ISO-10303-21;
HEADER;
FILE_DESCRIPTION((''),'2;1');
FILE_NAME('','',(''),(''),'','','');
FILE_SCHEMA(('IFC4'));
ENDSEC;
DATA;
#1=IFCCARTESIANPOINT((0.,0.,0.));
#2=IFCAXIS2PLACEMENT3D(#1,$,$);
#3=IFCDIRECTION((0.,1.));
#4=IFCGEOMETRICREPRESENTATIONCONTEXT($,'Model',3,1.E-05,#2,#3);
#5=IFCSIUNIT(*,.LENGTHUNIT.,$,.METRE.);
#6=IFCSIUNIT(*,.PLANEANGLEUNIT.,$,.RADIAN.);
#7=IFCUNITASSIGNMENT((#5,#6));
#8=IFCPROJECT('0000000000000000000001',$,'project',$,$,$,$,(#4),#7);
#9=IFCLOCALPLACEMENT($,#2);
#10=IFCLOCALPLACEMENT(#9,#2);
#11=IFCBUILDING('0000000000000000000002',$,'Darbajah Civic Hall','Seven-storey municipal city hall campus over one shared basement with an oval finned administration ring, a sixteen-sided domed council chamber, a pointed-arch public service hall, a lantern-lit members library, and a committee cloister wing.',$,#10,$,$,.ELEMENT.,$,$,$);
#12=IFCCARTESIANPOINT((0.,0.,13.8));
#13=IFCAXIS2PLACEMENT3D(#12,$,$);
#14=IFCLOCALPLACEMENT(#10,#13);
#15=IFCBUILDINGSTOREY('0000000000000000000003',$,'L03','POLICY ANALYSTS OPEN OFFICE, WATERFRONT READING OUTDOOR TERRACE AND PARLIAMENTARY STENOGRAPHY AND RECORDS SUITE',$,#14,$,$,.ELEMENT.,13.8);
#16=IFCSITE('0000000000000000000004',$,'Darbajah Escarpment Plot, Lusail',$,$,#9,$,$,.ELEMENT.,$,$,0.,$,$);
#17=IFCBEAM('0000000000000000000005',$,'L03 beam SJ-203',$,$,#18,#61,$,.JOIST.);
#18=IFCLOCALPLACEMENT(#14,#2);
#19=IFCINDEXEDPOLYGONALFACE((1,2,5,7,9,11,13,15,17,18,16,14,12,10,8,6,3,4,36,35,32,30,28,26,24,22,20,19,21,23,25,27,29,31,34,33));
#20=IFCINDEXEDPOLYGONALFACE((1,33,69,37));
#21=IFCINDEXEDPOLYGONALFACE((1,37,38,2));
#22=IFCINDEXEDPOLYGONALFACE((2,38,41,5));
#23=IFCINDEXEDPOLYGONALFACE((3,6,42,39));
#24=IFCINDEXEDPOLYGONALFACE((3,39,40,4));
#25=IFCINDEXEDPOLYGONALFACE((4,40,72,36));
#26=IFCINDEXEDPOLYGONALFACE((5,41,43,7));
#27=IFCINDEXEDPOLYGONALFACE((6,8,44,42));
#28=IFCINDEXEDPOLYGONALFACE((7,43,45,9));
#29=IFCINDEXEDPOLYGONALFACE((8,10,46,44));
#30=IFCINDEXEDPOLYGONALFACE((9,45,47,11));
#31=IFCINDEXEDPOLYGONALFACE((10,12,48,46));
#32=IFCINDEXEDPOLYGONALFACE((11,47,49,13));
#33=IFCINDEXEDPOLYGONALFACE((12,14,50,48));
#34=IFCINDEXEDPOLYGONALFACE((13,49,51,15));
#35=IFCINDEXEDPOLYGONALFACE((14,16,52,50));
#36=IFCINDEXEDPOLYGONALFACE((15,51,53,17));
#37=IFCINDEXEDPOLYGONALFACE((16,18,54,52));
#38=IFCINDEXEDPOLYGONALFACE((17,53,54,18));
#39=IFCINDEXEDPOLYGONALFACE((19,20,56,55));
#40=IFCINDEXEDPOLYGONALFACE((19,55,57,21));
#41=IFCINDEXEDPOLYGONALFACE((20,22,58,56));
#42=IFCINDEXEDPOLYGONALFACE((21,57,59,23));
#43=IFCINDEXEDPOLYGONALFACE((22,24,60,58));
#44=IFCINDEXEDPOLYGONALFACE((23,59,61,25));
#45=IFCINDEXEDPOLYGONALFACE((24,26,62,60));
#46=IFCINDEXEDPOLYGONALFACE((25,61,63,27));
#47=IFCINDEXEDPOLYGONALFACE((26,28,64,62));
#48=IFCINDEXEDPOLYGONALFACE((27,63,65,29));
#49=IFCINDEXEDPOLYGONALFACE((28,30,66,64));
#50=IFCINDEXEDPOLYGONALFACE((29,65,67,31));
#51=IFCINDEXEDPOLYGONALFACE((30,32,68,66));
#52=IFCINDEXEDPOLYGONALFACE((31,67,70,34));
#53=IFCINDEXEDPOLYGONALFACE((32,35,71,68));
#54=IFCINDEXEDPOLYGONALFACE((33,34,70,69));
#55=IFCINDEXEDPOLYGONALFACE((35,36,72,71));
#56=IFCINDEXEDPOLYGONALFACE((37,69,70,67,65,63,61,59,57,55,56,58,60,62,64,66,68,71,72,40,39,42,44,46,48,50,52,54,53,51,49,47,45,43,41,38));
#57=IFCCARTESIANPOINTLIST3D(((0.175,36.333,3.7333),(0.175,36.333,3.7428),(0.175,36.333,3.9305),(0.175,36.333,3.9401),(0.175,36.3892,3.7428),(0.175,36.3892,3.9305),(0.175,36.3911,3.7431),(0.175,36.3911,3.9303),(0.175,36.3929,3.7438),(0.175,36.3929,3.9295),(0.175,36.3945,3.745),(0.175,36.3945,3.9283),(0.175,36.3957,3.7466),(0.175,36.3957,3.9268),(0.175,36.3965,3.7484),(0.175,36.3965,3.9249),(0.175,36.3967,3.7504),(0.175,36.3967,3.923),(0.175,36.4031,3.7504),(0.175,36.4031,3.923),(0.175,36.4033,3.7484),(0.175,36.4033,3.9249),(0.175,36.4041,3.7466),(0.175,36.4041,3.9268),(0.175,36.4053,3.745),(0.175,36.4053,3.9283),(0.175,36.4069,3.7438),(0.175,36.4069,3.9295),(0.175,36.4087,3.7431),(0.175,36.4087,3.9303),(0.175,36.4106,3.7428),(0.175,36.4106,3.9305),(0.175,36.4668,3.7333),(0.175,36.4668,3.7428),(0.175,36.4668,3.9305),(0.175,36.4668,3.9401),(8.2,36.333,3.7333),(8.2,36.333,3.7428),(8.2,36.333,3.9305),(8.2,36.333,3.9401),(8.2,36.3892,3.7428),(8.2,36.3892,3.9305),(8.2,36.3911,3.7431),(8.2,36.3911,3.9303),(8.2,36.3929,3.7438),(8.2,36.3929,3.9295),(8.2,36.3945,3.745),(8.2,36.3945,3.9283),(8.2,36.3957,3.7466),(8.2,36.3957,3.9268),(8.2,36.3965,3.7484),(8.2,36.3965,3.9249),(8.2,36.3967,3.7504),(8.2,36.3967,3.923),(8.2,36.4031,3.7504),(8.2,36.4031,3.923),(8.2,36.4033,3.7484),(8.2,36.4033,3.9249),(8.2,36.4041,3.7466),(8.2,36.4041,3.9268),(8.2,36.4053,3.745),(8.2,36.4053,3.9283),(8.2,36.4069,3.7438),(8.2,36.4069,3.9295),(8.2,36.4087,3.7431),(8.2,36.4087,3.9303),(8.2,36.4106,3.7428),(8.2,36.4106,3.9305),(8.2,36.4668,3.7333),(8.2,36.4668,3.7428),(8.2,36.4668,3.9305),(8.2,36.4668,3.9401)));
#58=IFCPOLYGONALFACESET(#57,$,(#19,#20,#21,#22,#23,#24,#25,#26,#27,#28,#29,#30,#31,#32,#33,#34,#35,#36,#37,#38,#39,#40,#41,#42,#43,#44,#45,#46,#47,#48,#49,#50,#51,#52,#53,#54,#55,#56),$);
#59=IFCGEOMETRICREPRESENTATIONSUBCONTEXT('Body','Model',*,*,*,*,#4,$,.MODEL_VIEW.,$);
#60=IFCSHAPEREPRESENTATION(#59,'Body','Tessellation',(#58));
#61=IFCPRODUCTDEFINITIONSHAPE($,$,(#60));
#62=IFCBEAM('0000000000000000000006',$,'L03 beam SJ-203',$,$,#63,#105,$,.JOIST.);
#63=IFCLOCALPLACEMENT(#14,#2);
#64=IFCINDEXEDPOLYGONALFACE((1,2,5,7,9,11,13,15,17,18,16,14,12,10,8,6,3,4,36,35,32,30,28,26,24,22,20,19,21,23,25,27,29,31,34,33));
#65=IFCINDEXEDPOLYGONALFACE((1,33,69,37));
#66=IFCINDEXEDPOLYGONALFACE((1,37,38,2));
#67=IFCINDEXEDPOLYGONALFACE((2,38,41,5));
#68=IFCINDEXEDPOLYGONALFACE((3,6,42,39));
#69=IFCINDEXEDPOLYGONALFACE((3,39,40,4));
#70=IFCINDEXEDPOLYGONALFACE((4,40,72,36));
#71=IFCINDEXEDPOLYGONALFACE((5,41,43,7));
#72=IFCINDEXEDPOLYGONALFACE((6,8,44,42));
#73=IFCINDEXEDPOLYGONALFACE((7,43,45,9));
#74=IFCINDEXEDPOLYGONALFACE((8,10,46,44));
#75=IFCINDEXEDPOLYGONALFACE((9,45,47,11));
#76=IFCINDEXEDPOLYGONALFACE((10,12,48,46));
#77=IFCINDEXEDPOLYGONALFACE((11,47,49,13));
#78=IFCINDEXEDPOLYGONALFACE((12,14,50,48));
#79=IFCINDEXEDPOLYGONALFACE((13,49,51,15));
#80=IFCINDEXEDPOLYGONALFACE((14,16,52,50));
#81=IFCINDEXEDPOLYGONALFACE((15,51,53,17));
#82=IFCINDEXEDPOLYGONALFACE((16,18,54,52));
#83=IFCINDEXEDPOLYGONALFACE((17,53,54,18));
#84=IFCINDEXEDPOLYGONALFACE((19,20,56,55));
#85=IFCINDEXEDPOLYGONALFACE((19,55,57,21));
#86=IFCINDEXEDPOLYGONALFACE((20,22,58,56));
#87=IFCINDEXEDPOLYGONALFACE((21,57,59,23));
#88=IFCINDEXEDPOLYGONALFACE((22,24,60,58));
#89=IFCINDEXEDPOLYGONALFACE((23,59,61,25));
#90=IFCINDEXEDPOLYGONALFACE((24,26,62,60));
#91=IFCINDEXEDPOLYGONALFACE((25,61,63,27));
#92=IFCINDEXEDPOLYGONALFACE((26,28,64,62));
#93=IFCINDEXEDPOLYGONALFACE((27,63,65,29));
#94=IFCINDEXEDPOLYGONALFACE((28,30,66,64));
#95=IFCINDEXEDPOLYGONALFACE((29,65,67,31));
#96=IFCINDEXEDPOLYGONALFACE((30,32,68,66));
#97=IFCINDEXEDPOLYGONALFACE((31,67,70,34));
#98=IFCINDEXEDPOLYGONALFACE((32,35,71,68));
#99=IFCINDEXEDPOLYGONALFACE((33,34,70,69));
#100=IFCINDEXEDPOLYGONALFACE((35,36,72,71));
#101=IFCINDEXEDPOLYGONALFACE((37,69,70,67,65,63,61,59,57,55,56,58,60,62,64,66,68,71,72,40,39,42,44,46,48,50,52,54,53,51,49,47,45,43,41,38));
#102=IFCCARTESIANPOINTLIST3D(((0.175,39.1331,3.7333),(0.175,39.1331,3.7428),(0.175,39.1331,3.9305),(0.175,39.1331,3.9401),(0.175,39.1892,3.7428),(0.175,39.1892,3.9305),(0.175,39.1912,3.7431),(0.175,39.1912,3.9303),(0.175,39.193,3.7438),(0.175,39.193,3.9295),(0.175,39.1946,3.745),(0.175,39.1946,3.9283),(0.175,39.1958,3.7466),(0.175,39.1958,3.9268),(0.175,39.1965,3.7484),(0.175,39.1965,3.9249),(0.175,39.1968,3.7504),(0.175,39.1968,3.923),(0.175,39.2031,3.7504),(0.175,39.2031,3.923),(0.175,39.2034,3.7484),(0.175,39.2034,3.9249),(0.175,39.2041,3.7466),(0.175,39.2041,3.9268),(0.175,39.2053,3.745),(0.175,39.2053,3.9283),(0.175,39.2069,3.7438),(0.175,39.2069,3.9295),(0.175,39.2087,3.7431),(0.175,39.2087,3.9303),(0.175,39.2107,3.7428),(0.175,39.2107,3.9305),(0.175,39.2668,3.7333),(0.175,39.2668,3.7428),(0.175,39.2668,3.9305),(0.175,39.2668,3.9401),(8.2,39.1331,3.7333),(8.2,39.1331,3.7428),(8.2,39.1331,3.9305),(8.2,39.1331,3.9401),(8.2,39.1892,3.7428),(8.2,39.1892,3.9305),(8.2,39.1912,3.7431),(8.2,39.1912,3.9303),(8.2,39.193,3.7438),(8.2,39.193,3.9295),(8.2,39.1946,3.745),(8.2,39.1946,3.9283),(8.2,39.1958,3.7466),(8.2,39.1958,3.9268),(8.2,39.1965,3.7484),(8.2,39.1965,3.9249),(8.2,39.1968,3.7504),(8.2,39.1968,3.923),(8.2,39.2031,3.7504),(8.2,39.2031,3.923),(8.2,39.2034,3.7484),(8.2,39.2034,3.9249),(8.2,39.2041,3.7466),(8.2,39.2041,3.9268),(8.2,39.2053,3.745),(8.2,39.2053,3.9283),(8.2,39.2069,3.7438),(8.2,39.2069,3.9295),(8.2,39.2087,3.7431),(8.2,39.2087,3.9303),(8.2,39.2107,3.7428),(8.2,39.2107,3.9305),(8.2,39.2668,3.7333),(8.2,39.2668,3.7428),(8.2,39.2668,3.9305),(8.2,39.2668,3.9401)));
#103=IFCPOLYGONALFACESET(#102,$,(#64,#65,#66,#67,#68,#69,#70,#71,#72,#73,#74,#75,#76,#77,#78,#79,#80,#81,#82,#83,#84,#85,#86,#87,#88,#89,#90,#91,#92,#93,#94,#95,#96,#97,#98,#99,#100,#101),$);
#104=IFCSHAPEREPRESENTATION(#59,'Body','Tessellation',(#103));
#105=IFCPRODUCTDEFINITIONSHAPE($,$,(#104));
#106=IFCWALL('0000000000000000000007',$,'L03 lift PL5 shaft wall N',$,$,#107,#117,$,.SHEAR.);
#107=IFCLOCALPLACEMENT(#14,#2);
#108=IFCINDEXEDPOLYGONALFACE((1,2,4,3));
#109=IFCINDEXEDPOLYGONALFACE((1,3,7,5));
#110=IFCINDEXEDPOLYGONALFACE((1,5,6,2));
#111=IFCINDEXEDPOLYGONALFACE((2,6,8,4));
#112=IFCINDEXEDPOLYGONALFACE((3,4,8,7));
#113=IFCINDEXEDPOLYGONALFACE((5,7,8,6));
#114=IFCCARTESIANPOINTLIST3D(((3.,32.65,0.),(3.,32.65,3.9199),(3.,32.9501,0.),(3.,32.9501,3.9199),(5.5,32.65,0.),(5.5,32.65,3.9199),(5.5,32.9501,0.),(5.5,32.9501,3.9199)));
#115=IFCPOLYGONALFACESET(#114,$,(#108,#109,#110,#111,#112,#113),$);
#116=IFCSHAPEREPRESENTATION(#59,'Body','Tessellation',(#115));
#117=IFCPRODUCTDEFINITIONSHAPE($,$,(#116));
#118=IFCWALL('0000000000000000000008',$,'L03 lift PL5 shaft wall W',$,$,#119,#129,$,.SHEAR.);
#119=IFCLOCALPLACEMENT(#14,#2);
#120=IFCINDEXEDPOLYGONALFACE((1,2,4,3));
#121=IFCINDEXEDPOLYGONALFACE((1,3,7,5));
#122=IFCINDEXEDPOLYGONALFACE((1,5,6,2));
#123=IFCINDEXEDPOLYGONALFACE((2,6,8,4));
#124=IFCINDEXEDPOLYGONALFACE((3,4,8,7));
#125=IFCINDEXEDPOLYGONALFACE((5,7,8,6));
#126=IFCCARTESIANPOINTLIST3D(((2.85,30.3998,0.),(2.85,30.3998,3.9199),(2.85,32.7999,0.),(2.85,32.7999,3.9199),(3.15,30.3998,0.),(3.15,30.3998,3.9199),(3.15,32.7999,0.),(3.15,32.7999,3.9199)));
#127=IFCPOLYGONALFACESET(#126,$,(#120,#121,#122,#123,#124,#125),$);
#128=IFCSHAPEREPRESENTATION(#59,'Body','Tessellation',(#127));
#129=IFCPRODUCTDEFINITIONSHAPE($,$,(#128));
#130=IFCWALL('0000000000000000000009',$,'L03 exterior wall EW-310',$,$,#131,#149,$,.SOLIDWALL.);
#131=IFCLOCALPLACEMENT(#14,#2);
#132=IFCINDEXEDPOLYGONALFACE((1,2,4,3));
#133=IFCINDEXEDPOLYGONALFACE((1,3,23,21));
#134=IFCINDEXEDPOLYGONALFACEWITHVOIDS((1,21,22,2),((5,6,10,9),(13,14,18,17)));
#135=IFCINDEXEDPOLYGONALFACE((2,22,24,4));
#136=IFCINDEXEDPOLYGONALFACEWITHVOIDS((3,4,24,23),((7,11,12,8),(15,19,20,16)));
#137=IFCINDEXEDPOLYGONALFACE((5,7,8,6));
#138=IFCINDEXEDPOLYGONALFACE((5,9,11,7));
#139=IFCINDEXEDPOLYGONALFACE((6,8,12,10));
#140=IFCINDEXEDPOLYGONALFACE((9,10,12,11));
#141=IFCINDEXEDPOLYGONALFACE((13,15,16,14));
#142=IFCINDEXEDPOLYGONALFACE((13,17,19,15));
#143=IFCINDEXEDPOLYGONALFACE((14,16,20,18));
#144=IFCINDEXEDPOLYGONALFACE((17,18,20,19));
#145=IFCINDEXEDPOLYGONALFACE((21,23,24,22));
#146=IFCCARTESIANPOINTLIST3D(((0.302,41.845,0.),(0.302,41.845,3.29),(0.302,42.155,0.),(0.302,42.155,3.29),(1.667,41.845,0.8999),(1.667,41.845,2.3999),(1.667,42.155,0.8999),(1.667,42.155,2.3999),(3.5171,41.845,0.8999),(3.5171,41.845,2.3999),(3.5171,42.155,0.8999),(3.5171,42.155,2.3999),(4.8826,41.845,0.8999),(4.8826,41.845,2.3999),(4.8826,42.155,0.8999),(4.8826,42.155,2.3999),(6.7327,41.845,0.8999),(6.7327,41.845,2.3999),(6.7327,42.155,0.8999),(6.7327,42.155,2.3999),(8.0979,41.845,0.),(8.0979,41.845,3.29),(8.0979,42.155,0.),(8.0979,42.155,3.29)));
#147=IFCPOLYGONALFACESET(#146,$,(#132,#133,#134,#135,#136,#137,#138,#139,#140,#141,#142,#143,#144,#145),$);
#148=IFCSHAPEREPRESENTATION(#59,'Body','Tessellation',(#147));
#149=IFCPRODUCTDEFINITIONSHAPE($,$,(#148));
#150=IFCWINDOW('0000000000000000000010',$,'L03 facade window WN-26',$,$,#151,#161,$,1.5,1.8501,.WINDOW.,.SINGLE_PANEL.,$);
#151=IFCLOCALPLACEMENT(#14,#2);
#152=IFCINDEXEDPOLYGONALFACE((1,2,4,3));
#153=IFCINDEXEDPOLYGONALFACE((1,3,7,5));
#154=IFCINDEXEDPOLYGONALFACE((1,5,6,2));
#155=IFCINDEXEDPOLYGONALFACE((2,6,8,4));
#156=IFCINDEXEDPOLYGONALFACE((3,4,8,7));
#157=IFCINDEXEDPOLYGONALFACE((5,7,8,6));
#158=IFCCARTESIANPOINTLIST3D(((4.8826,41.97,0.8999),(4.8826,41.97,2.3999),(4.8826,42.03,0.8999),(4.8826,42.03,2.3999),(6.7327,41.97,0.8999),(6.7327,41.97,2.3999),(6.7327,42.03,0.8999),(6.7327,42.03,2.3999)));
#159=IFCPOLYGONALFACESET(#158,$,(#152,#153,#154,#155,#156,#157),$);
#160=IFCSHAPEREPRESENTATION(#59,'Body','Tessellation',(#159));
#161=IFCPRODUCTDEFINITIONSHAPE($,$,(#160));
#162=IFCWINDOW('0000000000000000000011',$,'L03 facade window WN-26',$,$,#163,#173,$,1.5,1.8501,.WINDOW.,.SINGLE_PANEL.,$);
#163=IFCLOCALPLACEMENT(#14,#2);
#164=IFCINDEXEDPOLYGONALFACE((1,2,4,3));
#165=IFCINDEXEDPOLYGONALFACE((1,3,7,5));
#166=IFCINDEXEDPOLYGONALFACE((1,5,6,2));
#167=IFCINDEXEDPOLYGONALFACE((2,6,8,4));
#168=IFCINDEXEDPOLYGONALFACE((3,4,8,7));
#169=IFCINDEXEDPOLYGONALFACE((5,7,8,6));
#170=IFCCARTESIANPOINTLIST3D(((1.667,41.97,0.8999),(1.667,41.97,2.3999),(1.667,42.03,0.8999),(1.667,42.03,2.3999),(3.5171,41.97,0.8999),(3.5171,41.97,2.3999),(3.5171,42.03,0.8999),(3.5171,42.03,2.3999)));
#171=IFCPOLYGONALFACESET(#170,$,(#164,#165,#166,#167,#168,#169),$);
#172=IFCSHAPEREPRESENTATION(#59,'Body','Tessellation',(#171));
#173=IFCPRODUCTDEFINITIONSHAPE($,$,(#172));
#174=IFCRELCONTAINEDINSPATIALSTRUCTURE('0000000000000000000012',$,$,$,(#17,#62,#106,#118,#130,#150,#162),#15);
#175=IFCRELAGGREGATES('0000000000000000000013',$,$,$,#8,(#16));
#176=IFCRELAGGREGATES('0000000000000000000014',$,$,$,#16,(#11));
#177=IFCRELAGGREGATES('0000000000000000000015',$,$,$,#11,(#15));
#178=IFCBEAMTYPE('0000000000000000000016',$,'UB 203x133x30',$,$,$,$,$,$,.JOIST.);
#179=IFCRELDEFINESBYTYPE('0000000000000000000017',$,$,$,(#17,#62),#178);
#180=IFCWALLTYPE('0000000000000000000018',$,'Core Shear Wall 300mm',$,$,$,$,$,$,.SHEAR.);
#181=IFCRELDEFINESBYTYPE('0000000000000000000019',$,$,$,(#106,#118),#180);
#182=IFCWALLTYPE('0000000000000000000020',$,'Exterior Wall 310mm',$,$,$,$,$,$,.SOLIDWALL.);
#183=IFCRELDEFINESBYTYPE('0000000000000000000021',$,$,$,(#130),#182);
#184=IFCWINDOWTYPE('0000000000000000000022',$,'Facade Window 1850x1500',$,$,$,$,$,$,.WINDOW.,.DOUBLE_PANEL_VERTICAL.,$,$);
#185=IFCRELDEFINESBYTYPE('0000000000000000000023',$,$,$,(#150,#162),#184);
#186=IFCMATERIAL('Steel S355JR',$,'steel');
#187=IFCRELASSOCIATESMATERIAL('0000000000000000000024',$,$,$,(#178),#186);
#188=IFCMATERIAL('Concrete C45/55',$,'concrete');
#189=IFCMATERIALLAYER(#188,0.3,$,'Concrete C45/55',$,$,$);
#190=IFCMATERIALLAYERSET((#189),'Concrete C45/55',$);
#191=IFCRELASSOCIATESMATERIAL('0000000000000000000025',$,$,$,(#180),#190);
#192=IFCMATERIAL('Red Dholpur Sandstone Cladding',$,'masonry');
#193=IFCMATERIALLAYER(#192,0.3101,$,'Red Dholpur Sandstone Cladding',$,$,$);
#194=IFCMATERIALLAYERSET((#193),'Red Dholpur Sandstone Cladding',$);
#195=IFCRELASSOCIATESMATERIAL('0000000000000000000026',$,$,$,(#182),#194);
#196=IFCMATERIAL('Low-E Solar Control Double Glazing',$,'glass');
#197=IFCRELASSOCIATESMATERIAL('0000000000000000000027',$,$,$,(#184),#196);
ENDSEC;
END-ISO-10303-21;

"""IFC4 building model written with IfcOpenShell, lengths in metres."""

from ifc_helpers import new_model, si_unit, direction, frame, frame_2d, origin, origin_2d, place, context, subcontext, project, spatial, rectangle, i_section, extrude, material, layer, layer_set, material_profile, profile_set, type_object, element, fill, save


model = new_model("IFC4")

# Units and contexts
model_context = context("Model", 3, precision=1e-05, world=origin(), true_north=direction((0.0, 1.0)))
body_context = subcontext(model_context, "Body", "Model", "MODEL_VIEW")
ifc_project = project(units=[si_unit("LENGTHUNIT", "METRE"), si_unit("PLANEANGLEUNIT", "RADIAN")], contexts=[model_context])

# Site, building, storey
site_placement = place(None, origin())
site = spatial("IfcSite", under=ifc_project, at=site_placement, Name="Darbajah Escarpment Plot, Lusail", CompositionType="ELEMENT", RefElevation=0.0)
building_placement = place(site_placement, origin())
building = spatial("IfcBuilding", under=site, at=building_placement, Name="Darbajah Civic Hall", Description="Seven-storey municipal city hall campus over one shared basement with an oval finned administration ring, a sixteen-sided domed council chamber, a pointed-arch public service hall, a lantern-lit members library, and a committee cloister wing.", CompositionType="ELEMENT")
storey_placement = place(building_placement, frame((0.0, 0.0, 13.8)))
storey = spatial("IfcBuildingStorey", under=building, at=storey_placement, Name="L03", Description="POLICY ANALYSTS OPEN OFFICE, WATERFRONT READING OUTDOOR TERRACE AND PARLIAMENTARY STENOGRAPHY AND RECORDS SUITE", CompositionType="ELEMENT", Elevation=13.8)

# Shared definitions
ifc_material_1 = material(Name="Concrete C45/55", Category="concrete")

# Beams
ifc_material_2 = material(Name="Steel S355JR", Category="steel")
ifc_material_profile_1 = material_profile(ifc_material_2, i_section(OverallWidth=0.1338, OverallDepth=0.2068, WebThickness=0.0063, FlangeThickness=0.0095, FilletRadius=0.0076, at=origin_2d()), Name="UB 203x133x30")
ifc_profile_set_1 = profile_set([ifc_material_profile_1], Name="Steel S355JR")
beam_type_1 = type_object("IfcBeamType", Name="UB 203x133x30", PredefinedType="JOIST", material=ifc_profile_set_1)
for number, where, z_axis, x_axis, name in (
    (1, (0.175, 36.3999, 3.8367), (1.0, 0.0, 0.0), (0.0, 1.0, 0.0), "L03 beam SJ-203"),
    (2, (0.175, 39.2, 3.8367), (1.0, 0.0, 0.0), (0.0, 1.0, 0.0), "L03 beam SJ-203"),
):
    element("IfcBeam", number, at=place(storey_placement, frame(where, z_axis=z_axis, x_axis=x_axis)), inside=storey, type_object=beam_type_1, Name=name, PredefinedType="JOIST", context=body_context, shape_type="SweptSolid", body=[
        extrude(i_section(OverallWidth=0.1338, OverallDepth=0.2068, WebThickness=0.0063, FlangeThickness=0.0095, FilletRadius=0.0076, at=origin_2d()), origin(), (0.0, 0.0, 1.0), 8.0249),
    ])

# Walls
ifc_layer_1 = layer(ifc_material_1, 0.3, Name="Concrete C45/55")
ifc_layer_set_1 = layer_set([ifc_layer_1], Name="Concrete C45/55")
wall_type_1 = type_object("IfcWallType", Name="Core Shear Wall 300mm", PredefinedType="SHEAR", material=ifc_layer_set_1)
wall_1_placement = place(storey_placement, frame((5.5, 32.8, 0.0), z_axis=(0.0, 0.0, 1.0), x_axis=(-1.0, 0.0, 0.0)))
element("IfcWall", 3, at=wall_1_placement, inside=storey, type_object=wall_type_1, Name="L03 lift PL5 shaft wall N", PredefinedType="SHEAR", context=body_context, shape_type="SweptSolid", body=[
    extrude(rectangle(XDim=2.5, YDim=0.3, at=frame_2d((1.25, 0.0))), origin(), (0.0, 0.0, 1.0), 3.9199),
])
wall_2_placement = place(storey_placement, frame((3.0, 32.8, 0.0), z_axis=(0.0, 0.0, 1.0), x_axis=(0.0, -1.0, 0.0)))
element("IfcWall", 4, at=wall_2_placement, inside=storey, type_object=wall_type_1, Name="L03 lift PL5 shaft wall W", PredefinedType="SHEAR", context=body_context, shape_type="SweptSolid", body=[
    extrude(rectangle(XDim=2.4001, YDim=0.3, at=frame_2d((1.2002, 0.0))), origin(), (0.0, 0.0, 1.0), 3.9199),
])

# Wall, openings, windows
ifc_material_3 = material(Name="Red Dholpur Sandstone Cladding", Category="masonry")
ifc_layer_2 = layer(ifc_material_3, 0.3101, Name="Red Dholpur Sandstone Cladding")
ifc_layer_set_2 = layer_set([ifc_layer_2], Name="Red Dholpur Sandstone Cladding")
wall_type_2 = type_object("IfcWallType", Name="Exterior Wall 310mm", PredefinedType="SOLIDWALL", material=ifc_layer_set_2)
wall_3_placement = place(storey_placement, frame((8.0979, 42.0, 0.0), z_axis=(0.0, 0.0, 1.0), x_axis=(-1.0, 0.0, 0.0)))
wall_3 = element("IfcWall", 5, at=wall_3_placement, inside=storey, type_object=wall_type_2, Name="L03 exterior wall EW-310", PredefinedType="SOLIDWALL", context=body_context, shape_type="SweptSolid", body=[
    extrude(rectangle(XDim=7.7959, YDim=0.3101, at=frame_2d((3.8979, 0.0))), origin(), (0.0, 0.0, 1.0), 3.29),
])
opening_1_placement = place(wall_3_placement, frame((1.3652, 0.0, 0.8999)))
opening_1 = element("IfcOpeningElement", 6, at=opening_1_placement, cuts=wall_3, PredefinedType="OPENING", context=body_context, shape_type="SweptSolid", body=[
    extrude(rectangle(XDim=1.8501, YDim=1.5, at=frame_2d((0.925, 0.75))), frame((0.0, 0.165, 0.0), z_axis=(0.0, -1.0, 0.0), x_axis=(1.0, 0.0, 0.0)), (0.0, 0.0, 1.0), 0.3301),
])
opening_2_placement = place(wall_3_placement, frame((4.5808, 0.0, 0.8999)))
opening_2 = element("IfcOpeningElement", 7, at=opening_2_placement, cuts=wall_3, PredefinedType="OPENING", context=body_context, shape_type="SweptSolid", body=[
    extrude(rectangle(XDim=1.8501, YDim=1.5, at=frame_2d((0.925, 0.75))), frame((0.0, 0.165, 0.0), z_axis=(0.0, -1.0, 0.0), x_axis=(1.0, 0.0, 0.0)), (0.0, 0.0, 1.0), 0.3301),
])
ifc_material_4 = material(Name="Low-E Solar Control Double Glazing", Category="glass")
window_type_1 = type_object("IfcWindowType", Name="Facade Window 1850x1500", PartitioningType="DOUBLE_PANEL_VERTICAL", PredefinedType="WINDOW", material=ifc_material_4)
window_1_placement = place(opening_1_placement, origin())
window_1 = element("IfcWindow", 8, at=window_1_placement, inside=storey, type_object=window_type_1, Name="L03 facade window WN-26", OverallHeight=1.5, OverallWidth=1.8501, PartitioningType="SINGLE_PANEL", PredefinedType="WINDOW", context=body_context, shape_type="SweptSolid", body=[
    extrude(rectangle(XDim=1.8501, YDim=1.5, at=frame_2d((0.925, 0.75))), frame((0.0, 0.03, 0.0), z_axis=(0.0, -1.0, 0.0), x_axis=(1.0, 0.0, 0.0)), (0.0, 0.0, 1.0), 0.0601),
])
fill(opening_1, window_1)
window_2_placement = place(opening_2_placement, origin())
window_2 = element("IfcWindow", 9, at=window_2_placement, inside=storey, type_object=window_type_1, Name="L03 facade window WN-26", OverallHeight=1.5, OverallWidth=1.8501, PartitioningType="SINGLE_PANEL", PredefinedType="WINDOW", context=body_context, shape_type="SweptSolid", body=[
    extrude(rectangle(XDim=1.8501, YDim=1.5, at=frame_2d((0.925, 0.75))), frame((0.0, 0.03, 0.0), z_axis=(0.0, -1.0, 0.0), x_axis=(1.0, 0.0, 0.0)), (0.0, 0.0, 1.0), 0.0601),
])
fill(opening_2, window_2)

save(model, "model.ifc")
